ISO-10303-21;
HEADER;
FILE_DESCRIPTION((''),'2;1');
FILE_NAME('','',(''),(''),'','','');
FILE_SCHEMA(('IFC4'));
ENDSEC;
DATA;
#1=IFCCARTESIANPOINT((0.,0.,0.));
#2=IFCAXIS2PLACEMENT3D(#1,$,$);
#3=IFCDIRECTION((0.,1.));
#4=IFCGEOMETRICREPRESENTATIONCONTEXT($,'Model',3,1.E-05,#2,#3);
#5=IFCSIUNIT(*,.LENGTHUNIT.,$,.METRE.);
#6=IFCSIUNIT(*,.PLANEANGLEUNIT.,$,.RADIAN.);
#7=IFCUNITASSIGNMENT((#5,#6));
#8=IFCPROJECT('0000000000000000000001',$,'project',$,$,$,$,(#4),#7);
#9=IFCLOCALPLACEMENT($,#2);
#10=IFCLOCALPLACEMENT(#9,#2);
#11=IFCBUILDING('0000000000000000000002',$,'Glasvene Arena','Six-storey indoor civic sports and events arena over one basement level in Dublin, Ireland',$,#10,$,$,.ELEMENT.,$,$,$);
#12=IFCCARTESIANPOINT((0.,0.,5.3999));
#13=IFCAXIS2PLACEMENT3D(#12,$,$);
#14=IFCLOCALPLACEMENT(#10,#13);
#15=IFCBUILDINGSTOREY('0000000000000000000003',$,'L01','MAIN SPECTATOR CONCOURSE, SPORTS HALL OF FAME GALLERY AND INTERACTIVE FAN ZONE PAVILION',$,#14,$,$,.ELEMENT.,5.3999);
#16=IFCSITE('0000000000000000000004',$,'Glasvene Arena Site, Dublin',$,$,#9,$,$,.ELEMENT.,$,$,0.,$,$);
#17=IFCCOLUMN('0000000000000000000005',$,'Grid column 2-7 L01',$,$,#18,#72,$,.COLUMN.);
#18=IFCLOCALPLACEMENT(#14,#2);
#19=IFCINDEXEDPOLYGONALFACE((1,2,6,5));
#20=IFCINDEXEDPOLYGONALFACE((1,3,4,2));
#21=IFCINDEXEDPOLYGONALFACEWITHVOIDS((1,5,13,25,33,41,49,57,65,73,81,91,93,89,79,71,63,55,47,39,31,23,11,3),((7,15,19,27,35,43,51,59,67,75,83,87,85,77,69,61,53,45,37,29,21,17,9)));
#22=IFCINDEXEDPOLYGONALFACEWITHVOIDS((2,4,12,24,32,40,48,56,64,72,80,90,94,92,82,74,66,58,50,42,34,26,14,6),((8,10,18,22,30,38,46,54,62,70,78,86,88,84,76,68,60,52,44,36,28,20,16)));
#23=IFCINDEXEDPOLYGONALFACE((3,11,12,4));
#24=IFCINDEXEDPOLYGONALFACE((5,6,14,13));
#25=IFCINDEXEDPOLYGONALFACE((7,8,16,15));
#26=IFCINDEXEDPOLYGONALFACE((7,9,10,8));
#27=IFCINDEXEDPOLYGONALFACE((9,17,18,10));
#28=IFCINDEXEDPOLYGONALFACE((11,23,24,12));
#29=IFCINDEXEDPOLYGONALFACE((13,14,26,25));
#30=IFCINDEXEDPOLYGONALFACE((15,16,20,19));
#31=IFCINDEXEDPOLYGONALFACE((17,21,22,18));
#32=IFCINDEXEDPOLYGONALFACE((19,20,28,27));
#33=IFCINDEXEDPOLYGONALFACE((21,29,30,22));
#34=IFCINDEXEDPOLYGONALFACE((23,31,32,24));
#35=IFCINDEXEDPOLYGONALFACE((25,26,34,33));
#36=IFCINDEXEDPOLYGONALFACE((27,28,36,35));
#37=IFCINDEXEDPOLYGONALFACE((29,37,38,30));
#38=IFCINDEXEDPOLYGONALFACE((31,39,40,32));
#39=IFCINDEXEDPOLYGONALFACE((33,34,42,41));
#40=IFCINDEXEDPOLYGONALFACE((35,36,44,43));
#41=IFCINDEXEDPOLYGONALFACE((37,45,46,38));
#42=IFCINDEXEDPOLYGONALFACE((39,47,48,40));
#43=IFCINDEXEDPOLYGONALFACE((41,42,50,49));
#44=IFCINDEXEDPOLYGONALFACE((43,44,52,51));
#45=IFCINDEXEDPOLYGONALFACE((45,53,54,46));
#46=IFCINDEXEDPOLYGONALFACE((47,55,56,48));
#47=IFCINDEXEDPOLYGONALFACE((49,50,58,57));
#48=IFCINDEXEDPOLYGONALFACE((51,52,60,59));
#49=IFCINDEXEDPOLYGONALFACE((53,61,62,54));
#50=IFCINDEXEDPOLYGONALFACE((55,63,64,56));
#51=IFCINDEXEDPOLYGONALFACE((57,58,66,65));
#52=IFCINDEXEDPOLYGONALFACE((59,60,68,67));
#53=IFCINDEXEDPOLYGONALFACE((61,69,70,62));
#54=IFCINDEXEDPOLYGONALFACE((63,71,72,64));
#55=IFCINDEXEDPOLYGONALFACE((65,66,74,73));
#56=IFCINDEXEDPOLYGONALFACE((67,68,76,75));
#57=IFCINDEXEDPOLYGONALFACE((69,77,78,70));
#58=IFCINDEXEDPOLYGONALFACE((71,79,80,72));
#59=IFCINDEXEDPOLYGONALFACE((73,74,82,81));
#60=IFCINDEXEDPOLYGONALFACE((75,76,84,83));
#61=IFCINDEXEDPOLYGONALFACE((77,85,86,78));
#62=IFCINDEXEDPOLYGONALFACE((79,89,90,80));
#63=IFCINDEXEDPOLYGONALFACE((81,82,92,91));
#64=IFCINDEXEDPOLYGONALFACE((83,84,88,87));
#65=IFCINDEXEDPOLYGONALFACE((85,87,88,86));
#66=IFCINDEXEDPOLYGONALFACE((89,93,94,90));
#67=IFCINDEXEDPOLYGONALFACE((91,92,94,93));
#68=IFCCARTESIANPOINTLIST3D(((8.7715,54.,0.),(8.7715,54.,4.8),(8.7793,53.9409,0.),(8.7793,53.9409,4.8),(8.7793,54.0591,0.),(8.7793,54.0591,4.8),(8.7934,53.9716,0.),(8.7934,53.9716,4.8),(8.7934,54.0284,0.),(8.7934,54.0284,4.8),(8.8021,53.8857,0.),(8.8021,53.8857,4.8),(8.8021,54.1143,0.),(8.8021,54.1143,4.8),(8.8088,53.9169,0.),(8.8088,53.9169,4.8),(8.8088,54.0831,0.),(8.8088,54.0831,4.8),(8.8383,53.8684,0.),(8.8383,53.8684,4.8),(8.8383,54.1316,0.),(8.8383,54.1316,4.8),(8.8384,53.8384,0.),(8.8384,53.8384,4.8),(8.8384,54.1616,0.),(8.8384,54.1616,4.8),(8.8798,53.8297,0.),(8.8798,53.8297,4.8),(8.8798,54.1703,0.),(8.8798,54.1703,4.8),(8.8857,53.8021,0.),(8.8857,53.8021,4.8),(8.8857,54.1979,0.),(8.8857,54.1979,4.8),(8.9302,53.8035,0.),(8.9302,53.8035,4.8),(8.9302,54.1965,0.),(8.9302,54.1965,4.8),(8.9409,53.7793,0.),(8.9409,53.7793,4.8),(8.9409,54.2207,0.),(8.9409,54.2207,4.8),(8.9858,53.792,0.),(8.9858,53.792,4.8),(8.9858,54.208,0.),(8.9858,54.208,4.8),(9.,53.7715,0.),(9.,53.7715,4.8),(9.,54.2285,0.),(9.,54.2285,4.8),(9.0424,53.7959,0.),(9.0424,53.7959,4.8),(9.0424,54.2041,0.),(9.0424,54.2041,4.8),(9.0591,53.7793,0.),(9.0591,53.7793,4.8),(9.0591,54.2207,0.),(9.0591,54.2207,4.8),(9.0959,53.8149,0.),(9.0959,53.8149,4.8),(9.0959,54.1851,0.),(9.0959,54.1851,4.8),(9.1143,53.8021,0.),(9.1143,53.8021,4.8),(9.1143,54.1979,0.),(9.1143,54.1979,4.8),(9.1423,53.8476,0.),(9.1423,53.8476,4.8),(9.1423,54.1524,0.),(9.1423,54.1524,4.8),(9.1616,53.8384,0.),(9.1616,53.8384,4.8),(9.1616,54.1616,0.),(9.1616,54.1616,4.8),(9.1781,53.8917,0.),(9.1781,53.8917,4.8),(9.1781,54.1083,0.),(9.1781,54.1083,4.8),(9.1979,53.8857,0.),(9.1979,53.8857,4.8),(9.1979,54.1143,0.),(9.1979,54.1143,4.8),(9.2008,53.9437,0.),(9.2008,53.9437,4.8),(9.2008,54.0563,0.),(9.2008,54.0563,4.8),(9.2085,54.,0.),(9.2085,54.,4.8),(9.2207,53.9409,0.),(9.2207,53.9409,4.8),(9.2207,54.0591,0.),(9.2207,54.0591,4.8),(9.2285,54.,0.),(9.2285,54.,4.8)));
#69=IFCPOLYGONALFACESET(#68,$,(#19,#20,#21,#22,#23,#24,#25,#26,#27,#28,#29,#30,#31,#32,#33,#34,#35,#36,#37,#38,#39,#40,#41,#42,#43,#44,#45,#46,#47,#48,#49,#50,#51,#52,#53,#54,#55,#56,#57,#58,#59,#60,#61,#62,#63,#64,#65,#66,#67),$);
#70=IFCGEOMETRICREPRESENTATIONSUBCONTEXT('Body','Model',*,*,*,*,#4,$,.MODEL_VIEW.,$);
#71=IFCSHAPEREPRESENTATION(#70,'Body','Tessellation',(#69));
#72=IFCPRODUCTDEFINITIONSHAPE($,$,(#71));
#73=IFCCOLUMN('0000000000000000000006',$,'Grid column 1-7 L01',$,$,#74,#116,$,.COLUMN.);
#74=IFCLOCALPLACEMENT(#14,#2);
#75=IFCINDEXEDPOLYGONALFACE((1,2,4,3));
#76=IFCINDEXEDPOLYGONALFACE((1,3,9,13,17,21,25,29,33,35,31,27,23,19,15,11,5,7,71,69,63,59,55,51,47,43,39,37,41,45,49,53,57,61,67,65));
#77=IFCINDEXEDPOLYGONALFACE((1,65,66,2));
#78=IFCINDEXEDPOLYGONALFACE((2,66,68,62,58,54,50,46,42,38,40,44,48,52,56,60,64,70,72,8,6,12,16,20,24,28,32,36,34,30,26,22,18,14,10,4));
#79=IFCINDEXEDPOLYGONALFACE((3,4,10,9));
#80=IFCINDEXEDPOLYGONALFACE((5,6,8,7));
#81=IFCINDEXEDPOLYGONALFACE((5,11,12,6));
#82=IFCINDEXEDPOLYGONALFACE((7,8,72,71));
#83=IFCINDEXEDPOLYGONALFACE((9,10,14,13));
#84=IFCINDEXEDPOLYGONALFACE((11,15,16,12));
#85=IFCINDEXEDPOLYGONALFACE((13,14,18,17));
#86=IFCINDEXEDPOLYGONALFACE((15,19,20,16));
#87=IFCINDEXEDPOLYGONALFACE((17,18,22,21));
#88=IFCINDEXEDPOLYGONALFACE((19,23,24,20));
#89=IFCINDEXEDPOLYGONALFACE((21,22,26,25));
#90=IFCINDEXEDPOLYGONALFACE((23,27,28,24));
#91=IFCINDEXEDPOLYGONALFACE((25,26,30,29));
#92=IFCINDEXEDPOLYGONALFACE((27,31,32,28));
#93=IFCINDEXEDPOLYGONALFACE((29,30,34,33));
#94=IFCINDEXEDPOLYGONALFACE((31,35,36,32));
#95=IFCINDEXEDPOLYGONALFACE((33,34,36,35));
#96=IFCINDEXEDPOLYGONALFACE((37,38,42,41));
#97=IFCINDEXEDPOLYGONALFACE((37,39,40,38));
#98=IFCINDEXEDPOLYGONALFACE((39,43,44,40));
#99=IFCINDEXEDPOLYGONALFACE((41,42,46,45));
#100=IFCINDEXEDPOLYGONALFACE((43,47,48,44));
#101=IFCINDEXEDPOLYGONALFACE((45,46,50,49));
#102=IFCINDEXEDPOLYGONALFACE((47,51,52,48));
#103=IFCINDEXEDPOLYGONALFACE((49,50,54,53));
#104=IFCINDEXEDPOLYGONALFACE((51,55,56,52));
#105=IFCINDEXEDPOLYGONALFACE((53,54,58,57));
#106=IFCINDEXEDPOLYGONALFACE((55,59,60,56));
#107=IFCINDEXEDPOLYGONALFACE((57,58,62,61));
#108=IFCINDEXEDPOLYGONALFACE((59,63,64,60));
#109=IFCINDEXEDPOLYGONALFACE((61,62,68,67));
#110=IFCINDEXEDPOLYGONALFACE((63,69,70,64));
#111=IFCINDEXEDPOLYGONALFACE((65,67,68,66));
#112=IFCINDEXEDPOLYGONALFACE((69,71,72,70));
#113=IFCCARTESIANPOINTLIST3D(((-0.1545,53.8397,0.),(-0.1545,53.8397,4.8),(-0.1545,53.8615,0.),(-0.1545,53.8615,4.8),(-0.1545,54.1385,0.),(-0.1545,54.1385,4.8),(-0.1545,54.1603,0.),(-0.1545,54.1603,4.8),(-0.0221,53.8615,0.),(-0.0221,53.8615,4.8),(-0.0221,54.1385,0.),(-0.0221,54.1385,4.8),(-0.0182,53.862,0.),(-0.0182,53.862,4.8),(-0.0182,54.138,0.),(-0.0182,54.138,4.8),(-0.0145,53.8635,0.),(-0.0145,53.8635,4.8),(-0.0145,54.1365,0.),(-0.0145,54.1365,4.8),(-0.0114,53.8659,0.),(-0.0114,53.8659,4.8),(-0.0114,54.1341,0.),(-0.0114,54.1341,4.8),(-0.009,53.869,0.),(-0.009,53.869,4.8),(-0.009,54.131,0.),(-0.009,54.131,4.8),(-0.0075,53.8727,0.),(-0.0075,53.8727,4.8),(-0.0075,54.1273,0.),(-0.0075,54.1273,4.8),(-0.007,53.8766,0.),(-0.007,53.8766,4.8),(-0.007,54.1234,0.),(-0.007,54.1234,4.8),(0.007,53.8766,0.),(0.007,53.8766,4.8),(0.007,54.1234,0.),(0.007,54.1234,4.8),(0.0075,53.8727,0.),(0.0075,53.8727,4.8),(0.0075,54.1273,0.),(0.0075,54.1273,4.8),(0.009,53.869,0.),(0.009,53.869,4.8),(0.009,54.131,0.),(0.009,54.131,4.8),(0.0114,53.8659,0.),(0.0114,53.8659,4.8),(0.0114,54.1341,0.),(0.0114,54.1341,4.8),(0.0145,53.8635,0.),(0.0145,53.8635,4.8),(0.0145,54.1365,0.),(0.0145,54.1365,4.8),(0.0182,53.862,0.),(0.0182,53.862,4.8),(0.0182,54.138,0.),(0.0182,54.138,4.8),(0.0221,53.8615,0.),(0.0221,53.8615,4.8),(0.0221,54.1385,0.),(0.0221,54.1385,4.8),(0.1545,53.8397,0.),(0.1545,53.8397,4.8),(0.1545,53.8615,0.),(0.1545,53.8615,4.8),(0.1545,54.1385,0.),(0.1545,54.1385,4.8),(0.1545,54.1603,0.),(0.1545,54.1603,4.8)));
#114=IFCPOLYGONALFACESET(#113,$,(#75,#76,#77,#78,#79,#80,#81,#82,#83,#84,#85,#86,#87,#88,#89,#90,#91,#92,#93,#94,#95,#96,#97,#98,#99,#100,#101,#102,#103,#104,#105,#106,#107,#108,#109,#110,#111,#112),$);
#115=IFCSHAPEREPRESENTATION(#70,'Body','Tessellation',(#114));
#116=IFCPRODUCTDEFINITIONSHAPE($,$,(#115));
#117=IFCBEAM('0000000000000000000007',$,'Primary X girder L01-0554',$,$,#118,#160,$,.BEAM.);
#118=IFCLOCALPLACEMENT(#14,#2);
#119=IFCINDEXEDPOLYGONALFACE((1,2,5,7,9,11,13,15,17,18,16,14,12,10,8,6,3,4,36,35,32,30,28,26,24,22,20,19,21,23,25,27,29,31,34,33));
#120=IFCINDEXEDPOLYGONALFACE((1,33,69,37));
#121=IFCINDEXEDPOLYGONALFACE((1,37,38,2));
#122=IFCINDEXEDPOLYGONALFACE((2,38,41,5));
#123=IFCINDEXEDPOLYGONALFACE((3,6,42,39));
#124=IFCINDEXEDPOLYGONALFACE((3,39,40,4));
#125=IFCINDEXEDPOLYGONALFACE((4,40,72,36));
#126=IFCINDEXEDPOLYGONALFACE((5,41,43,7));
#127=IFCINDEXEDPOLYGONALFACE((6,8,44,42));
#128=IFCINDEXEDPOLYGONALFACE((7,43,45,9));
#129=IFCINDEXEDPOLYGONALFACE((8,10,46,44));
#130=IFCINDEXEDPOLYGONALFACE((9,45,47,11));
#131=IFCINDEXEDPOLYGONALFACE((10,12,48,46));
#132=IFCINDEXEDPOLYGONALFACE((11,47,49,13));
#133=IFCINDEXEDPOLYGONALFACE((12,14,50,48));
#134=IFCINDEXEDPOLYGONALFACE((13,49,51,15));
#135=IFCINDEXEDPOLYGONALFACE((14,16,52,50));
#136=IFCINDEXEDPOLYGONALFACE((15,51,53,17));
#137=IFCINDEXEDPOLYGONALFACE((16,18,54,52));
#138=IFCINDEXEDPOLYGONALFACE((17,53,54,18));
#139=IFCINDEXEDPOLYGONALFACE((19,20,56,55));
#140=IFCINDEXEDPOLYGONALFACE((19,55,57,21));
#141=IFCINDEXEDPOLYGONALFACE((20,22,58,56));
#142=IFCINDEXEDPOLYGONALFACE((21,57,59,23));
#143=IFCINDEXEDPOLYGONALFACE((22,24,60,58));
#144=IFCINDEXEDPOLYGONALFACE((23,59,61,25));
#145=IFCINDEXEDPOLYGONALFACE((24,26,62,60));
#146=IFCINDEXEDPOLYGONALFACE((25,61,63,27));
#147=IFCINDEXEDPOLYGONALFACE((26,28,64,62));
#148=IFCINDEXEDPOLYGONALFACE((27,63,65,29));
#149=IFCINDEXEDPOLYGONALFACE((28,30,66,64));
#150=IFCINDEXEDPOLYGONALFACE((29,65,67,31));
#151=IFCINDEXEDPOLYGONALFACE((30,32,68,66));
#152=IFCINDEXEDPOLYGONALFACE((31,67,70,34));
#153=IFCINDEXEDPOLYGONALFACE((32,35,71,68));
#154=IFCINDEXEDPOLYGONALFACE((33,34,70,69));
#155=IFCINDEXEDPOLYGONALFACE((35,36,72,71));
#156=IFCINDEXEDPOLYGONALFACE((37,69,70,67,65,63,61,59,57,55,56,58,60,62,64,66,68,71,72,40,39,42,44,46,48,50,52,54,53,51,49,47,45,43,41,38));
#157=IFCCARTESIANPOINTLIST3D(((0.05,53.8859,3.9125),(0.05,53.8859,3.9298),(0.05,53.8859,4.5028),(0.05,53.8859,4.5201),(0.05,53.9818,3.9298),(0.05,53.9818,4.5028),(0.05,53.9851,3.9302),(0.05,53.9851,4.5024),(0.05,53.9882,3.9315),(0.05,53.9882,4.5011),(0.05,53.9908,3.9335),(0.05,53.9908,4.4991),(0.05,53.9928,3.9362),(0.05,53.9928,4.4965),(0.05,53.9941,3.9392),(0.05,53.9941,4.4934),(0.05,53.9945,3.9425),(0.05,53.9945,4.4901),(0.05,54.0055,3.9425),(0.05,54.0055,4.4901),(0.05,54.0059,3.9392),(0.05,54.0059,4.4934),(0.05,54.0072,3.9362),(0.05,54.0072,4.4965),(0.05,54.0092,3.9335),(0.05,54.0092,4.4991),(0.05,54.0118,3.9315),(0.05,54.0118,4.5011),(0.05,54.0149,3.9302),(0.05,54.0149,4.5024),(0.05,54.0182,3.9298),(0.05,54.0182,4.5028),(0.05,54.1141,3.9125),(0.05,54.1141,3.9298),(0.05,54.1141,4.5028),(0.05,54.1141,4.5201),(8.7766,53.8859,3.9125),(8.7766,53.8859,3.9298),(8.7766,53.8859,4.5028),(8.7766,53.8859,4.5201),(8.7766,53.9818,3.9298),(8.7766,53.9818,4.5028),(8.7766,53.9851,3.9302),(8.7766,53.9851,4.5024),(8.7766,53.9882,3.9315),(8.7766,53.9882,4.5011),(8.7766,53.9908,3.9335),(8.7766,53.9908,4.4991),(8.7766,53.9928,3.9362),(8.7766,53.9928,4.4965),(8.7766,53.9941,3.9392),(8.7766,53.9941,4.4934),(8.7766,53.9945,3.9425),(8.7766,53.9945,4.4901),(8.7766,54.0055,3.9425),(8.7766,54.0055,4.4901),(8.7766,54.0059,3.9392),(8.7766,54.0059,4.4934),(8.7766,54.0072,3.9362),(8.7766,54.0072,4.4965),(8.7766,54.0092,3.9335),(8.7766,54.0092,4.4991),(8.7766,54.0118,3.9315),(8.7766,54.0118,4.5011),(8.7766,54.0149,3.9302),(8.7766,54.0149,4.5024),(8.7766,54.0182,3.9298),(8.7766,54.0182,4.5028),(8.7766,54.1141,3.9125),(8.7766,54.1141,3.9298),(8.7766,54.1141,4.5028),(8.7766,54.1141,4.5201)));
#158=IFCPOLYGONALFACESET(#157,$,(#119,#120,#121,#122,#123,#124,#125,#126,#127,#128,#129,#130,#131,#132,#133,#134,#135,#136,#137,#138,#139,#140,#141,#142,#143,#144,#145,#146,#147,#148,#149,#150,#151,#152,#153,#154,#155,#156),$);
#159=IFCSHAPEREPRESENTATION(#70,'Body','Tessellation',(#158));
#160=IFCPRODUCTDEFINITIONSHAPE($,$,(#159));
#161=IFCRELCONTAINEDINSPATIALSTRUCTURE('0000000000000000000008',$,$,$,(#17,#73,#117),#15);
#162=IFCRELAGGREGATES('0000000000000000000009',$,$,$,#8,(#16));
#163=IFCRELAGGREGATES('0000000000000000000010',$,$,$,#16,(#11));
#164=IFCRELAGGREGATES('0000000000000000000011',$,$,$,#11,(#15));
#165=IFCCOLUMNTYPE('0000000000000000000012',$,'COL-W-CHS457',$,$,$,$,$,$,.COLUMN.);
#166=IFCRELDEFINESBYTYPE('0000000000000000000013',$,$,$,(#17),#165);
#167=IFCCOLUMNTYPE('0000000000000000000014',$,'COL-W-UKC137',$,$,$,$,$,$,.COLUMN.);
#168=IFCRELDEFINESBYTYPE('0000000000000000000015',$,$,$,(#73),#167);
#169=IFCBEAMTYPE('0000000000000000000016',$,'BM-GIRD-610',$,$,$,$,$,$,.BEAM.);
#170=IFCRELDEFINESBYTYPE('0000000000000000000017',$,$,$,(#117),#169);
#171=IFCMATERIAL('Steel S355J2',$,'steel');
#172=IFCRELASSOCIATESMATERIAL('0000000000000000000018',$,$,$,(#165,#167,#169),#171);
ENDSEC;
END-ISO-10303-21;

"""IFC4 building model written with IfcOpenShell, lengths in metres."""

from ifc_helpers import new_model, si_unit, direction, frame, origin, origin_2d, place, context, subcontext, project, spatial, hollow_circle, i_section, extrude, material, material_profile, profile_set, type_object, element, save


model = new_model("IFC4")

# Units and contexts
model_context = context("Model", 3, precision=1e-05, world=origin(), true_north=direction((0.0, 1.0)))
body_context = subcontext(model_context, "Body", "Model", "MODEL_VIEW")
ifc_project = project(units=[si_unit("LENGTHUNIT", "METRE"), si_unit("PLANEANGLEUNIT", "RADIAN")], contexts=[model_context])

# Site, building, storey
site_placement = place(None, origin())
site = spatial("IfcSite", under=ifc_project, at=site_placement, Name="Glasvene Arena Site, Dublin", CompositionType="ELEMENT", RefElevation=0.0)
building_placement = place(site_placement, origin())
building = spatial("IfcBuilding", under=site, at=building_placement, Name="Glasvene Arena", Description="Six-storey indoor civic sports and events arena over one basement level in Dublin, Ireland", CompositionType="ELEMENT")
storey_placement = place(building_placement, frame((0.0, 0.0, 5.3999)))
storey = spatial("IfcBuildingStorey", under=building, at=storey_placement, Name="L01", Description="MAIN SPECTATOR CONCOURSE, SPORTS HALL OF FAME GALLERY AND INTERACTIVE FAN ZONE PAVILION", CompositionType="ELEMENT", Elevation=5.3999)

# Columns
ifc_material_1 = material(Name="Steel S355J2", Category="steel")
ifc_material_profile_1 = material_profile(ifc_material_1, hollow_circle(Radius=0.2285, WallThickness=0.02, at=origin_2d()), Name="CHS 457.0x20.0")
ifc_profile_set_1 = profile_set([ifc_material_profile_1], Name="Steel S355J2")
column_type_1 = type_object("IfcColumnType", Name="COL-W-CHS457", PredefinedType="COLUMN", material=ifc_profile_set_1)
column_1_placement = place(storey_placement, frame((9.0, 54.0, 0.0), z_axis=(0.0, 0.0, 1.0), x_axis=(1.0, 0.0, 0.0)))
element("IfcColumn", 1, at=column_1_placement, inside=storey, type_object=column_type_1, Name="Grid column 2-7 L01", PredefinedType="COLUMN", context=body_context, shape_type="SweptSolid", body=[
    extrude(hollow_circle(Radius=0.2285, WallThickness=0.02, at=origin_2d()), origin(), (0.0, 0.0, 1.0), 4.8),
])
ifc_material_profile_2 = material_profile(ifc_material_1, i_section(OverallWidth=0.3091, OverallDepth=0.3206, WebThickness=0.0139, FlangeThickness=0.0217, FilletRadius=0.0151, at=origin_2d()), Name="UKC 305x305x137")
ifc_profile_set_2 = profile_set([ifc_material_profile_2], Name="Steel S355J2")
column_type_2 = type_object("IfcColumnType", Name="COL-W-UKC137", PredefinedType="COLUMN", material=ifc_profile_set_2)
column_2_placement = place(storey_placement, frame((0.0, 54.0, 0.0), z_axis=(0.0, 0.0, 1.0), x_axis=(1.0, 0.0, 0.0)))
element("IfcColumn", 2, at=column_2_placement, inside=storey, type_object=column_type_2, Name="Grid column 1-7 L01", PredefinedType="COLUMN", context=body_context, shape_type="SweptSolid", body=[
    extrude(i_section(OverallWidth=0.3091, OverallDepth=0.3206, WebThickness=0.0139, FlangeThickness=0.0217, FilletRadius=0.0151, at=origin_2d()), origin(), (0.0, 0.0, 1.0), 4.8),
])

# Beam
ifc_material_profile_3 = material_profile(ifc_material_1, i_section(OverallWidth=0.2283, OverallDepth=0.6077, WebThickness=0.011, FlangeThickness=0.0173, FilletRadius=0.0127, at=origin_2d()), Name="UKB 610x229x113")
ifc_profile_set_3 = profile_set([ifc_material_profile_3], Name="Steel S355J2")
beam_type_1 = type_object("IfcBeamType", Name="BM-GIRD-610", PredefinedType="BEAM", material=ifc_profile_set_3)
for number, where, z_axis, x_axis, name in (
    (3, (0.05, 54.0, 4.2163), (1.0, 0.0, 0.0), (0.0, 1.0, 0.0), "Primary X girder L01-0554"),
):
    element("IfcBeam", number, at=place(storey_placement, frame(where, z_axis=z_axis, x_axis=x_axis)), inside=storey, type_object=beam_type_1, Name=name, PredefinedType="BEAM", context=body_context, shape_type="SweptSolid", body=[
        extrude(i_section(OverallWidth=0.2283, OverallDepth=0.6077, WebThickness=0.011, FlangeThickness=0.0173, FilletRadius=0.0127, at=origin_2d()), origin(), (0.0, 0.0, 1.0), 8.7266),
    ])

save(model, "model.ifc")
